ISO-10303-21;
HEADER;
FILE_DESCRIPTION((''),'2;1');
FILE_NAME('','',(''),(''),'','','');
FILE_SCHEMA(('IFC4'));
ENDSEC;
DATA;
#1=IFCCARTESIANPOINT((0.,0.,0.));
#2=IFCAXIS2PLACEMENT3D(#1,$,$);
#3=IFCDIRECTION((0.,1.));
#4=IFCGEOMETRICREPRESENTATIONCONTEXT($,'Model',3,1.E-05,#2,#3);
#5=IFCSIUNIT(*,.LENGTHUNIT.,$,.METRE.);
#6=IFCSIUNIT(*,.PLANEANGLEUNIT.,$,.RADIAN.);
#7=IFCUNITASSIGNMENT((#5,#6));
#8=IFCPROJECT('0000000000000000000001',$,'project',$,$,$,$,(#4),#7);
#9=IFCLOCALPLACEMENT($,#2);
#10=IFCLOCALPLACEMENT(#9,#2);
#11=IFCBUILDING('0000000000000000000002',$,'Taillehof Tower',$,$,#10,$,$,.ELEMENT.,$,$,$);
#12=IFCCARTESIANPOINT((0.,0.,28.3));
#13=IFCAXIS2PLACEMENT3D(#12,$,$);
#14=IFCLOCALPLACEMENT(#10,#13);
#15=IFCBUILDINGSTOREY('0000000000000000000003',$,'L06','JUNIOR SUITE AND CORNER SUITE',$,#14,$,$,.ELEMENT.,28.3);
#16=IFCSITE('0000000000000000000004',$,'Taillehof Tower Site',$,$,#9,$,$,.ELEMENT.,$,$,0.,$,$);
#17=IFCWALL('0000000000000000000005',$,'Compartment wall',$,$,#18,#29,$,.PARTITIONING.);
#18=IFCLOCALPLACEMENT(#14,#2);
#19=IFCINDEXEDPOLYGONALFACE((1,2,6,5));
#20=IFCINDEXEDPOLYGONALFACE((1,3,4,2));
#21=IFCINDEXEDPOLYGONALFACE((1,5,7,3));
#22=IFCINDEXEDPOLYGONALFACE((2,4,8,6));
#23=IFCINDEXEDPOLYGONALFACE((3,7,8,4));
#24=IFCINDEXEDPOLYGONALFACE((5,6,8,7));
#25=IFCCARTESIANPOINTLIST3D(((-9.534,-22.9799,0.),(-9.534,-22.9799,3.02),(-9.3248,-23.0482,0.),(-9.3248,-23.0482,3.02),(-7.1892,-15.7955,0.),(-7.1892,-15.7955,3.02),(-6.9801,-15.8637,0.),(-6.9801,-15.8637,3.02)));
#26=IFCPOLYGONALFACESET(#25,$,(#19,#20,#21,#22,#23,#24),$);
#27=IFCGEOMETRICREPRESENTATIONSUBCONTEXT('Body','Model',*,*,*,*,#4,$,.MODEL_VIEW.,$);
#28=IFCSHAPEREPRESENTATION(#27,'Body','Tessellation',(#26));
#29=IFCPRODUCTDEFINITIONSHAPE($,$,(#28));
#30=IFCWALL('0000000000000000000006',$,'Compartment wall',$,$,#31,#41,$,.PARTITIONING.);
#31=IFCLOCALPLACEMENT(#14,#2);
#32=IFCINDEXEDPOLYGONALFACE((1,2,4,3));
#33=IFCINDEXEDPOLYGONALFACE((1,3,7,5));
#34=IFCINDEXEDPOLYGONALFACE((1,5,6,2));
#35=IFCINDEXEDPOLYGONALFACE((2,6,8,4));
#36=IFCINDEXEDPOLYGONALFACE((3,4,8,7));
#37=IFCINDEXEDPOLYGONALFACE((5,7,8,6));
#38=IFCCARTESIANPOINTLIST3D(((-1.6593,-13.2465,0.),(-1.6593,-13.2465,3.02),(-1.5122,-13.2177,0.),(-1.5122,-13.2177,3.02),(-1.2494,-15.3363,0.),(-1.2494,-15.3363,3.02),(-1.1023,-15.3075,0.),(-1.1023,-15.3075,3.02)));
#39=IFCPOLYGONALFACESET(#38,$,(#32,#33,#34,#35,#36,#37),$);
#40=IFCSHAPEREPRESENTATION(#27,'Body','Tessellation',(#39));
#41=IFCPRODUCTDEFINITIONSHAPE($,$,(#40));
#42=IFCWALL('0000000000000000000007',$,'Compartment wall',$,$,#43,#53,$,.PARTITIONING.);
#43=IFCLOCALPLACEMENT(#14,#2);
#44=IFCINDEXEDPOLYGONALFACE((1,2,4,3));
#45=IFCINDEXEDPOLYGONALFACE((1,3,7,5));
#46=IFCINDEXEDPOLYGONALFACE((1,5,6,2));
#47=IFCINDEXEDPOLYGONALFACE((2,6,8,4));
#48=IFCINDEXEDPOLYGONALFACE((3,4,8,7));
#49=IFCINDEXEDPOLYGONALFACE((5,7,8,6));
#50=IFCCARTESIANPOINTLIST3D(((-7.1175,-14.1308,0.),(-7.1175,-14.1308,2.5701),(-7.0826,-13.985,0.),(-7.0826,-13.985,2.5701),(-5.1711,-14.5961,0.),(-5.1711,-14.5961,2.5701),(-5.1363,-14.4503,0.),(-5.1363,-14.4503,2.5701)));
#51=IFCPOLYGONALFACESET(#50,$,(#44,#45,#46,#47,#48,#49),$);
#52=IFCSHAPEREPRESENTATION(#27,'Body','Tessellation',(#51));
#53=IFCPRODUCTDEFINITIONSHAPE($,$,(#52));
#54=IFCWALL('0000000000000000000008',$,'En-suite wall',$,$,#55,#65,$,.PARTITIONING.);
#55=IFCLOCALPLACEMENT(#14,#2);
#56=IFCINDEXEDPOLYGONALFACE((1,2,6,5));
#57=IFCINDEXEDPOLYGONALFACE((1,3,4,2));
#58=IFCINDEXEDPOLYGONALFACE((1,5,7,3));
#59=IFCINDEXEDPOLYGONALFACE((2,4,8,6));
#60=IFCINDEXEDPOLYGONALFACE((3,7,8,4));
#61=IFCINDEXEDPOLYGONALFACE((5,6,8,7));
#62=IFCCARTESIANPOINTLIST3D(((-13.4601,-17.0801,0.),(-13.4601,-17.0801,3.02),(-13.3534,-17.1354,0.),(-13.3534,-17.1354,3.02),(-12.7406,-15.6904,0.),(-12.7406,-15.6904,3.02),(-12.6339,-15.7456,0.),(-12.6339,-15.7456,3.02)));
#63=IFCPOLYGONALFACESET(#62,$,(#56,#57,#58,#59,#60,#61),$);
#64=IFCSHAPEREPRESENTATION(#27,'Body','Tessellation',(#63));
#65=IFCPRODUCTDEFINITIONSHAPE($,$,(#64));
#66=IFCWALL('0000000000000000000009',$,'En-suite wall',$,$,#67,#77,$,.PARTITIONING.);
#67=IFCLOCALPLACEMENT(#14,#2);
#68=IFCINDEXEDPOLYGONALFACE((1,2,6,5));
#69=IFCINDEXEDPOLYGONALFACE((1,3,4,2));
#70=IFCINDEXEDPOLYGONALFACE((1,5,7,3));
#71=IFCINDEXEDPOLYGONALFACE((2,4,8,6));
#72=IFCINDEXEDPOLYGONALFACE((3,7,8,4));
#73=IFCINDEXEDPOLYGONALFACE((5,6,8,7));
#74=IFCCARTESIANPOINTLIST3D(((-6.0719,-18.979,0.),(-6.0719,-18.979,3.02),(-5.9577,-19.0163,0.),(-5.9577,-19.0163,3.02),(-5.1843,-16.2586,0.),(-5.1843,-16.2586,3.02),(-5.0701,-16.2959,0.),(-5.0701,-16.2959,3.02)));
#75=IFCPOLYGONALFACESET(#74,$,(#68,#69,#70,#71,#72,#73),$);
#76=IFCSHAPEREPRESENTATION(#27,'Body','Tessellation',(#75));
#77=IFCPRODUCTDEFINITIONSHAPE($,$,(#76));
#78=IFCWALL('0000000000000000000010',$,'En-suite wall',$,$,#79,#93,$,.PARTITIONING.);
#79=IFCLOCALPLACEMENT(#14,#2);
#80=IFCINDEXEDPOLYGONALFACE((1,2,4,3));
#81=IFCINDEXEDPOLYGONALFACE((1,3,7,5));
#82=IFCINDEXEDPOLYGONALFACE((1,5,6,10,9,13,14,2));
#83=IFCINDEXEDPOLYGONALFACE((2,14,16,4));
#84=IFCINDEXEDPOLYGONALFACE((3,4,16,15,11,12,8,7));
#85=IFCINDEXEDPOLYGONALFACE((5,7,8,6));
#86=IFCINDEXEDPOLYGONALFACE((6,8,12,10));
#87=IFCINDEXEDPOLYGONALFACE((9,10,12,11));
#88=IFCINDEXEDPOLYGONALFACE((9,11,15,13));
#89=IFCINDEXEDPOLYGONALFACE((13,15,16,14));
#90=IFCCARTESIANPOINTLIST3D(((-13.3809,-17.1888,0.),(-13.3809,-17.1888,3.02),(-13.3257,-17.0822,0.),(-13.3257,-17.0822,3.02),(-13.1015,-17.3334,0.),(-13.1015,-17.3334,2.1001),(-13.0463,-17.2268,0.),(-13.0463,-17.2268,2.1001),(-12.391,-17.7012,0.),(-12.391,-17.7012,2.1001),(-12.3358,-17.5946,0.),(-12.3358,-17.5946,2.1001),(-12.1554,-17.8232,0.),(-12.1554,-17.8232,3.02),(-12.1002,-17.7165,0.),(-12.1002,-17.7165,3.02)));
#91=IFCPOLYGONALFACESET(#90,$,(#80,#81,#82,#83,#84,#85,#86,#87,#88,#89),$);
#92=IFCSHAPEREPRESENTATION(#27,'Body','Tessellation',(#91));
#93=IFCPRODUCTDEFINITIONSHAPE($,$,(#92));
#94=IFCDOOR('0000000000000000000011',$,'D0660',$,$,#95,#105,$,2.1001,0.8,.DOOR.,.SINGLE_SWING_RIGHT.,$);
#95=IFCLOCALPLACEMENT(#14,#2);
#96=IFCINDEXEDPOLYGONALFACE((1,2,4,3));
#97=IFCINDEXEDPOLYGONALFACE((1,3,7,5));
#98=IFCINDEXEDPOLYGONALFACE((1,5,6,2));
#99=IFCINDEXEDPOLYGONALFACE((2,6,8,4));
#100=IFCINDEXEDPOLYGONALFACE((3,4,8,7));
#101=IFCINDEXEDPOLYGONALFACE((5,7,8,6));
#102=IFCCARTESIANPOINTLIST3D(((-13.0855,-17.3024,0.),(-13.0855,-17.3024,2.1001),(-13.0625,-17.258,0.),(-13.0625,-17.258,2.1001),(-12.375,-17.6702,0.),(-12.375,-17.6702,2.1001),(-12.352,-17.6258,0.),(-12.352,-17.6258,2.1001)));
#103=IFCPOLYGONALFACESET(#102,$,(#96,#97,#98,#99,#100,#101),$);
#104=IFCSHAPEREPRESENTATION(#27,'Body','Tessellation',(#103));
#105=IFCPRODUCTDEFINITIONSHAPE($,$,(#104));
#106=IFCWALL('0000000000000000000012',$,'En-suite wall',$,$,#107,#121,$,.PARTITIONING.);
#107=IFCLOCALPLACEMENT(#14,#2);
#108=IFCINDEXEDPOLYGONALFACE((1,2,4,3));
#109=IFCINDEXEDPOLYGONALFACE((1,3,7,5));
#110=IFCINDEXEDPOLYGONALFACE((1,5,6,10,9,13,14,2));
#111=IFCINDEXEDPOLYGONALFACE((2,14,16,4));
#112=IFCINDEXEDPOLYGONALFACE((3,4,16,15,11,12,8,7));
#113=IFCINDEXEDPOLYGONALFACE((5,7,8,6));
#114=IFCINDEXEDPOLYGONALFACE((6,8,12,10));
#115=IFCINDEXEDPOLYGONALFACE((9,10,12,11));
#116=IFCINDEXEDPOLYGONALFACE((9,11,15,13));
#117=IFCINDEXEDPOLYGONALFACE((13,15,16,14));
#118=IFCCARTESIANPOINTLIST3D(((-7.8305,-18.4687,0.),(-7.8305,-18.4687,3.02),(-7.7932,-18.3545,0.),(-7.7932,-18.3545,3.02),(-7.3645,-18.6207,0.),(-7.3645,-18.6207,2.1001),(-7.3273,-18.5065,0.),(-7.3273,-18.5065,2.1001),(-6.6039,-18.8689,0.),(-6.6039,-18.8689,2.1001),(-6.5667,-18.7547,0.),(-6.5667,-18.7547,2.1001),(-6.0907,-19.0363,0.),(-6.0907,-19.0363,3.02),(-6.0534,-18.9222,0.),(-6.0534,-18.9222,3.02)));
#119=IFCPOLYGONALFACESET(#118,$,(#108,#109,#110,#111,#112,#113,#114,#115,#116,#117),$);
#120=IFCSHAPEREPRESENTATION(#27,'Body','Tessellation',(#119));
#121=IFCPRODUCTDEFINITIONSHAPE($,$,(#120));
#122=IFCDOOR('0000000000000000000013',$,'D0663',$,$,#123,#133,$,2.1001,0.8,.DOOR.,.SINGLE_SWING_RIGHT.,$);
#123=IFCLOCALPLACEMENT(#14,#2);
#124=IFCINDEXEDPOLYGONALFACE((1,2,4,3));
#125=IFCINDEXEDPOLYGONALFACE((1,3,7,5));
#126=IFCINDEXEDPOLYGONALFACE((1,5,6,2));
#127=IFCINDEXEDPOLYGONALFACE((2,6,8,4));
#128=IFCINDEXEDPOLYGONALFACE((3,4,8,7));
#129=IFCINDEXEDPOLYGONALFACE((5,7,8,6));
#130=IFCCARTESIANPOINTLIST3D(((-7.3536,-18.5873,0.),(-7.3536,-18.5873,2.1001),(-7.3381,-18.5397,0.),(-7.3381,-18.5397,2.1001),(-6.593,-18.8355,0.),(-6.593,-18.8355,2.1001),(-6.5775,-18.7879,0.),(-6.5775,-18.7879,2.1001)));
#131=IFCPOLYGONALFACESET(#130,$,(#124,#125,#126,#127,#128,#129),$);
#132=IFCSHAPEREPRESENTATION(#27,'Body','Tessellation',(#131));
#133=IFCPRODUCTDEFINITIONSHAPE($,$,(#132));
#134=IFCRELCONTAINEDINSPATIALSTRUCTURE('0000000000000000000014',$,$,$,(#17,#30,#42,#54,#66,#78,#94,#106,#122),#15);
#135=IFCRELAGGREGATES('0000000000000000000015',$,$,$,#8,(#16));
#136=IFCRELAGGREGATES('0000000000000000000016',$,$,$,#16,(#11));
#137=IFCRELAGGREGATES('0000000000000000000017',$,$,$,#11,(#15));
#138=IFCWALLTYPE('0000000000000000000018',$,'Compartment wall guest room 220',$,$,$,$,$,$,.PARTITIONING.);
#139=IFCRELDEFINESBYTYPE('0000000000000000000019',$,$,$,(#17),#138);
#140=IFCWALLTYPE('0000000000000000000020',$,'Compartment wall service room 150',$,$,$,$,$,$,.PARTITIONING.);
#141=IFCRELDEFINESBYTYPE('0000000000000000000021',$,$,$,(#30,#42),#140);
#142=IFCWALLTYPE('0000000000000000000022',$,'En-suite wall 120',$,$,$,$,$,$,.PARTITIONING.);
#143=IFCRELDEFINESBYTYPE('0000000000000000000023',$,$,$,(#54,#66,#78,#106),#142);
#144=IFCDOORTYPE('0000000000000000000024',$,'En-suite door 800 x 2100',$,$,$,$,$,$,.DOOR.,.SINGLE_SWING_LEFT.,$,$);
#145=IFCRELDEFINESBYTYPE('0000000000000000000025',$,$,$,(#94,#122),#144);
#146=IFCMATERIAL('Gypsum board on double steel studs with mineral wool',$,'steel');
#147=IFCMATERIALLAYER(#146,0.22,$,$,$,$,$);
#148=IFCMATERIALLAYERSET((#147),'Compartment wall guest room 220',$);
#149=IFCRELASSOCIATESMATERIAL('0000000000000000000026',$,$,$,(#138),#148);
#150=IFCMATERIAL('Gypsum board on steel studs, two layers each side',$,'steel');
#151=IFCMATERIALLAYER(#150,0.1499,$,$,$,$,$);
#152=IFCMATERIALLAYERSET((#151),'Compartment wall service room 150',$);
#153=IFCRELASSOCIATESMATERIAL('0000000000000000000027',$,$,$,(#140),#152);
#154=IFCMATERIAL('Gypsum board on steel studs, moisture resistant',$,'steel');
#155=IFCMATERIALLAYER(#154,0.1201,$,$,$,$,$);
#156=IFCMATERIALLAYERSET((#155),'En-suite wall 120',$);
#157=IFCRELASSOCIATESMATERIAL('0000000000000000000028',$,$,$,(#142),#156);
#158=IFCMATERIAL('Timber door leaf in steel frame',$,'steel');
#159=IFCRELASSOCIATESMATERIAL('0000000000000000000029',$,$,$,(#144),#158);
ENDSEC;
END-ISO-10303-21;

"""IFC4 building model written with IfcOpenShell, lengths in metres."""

from ifc_helpers import new_model, si_unit, direction, frame, frame_2d, origin, place, context, subcontext, project, spatial, rectangle, extrude, material, layer, layer_set, type_object, element, fill, save


model = new_model("IFC4")

# Units and contexts
model_context = context("Model", 3, precision=1e-05, world=origin(), true_north=direction((0.0, 1.0)))
body_context = subcontext(model_context, "Body", "Model", "MODEL_VIEW")
ifc_project = project(units=[si_unit("LENGTHUNIT", "METRE"), si_unit("PLANEANGLEUNIT", "RADIAN")], contexts=[model_context])

# Site, building, storey
site_placement = place(None, origin())
site = spatial("IfcSite", under=ifc_project, at=site_placement, Name="Taillehof Tower Site", CompositionType="ELEMENT", RefElevation=0.0)
building_placement = place(site_placement, origin())
building = spatial("IfcBuilding", under=site, at=building_placement, Name="Taillehof Tower", CompositionType="ELEMENT")
storey_placement = place(building_placement, frame((0.0, 0.0, 28.3)))
storey = spatial("IfcBuildingStorey", under=building, at=storey_placement, Name="L06", Description="JUNIOR SUITE AND CORNER SUITE", CompositionType="ELEMENT", Elevation=28.3)

# Walls
ifc_material_1 = material(Name="Gypsum board on double steel studs with mineral wool", Category="steel")
ifc_layer_1 = layer(ifc_material_1, 0.22)
ifc_layer_set_1 = layer_set([ifc_layer_1], Name="Compartment wall guest room 220")
wall_type_1 = type_object("IfcWallType", Name="Compartment wall guest room 220", PredefinedType="PARTITIONING", material=ifc_layer_set_1)
wall_1_placement = place(storey_placement, frame((-9.4294, -23.0142, 0.0), z_axis=(0.0, 0.0, 1.0), x_axis=(0.310261, 0.950651, 0.0)))
element("IfcWall", 1, at=wall_1_placement, inside=storey, type_object=wall_type_1, Name="Compartment wall", PredefinedType="PARTITIONING", context=body_context, shape_type="SweptSolid", body=[
    extrude(rectangle(XDim=7.5574, YDim=0.22, at=frame_2d((3.7788, 0.0))), origin(), (0.0, 0.0, 1.0), 3.02),
])
ifc_material_2 = material(Name="Gypsum board on steel studs, two layers each side", Category="steel")
ifc_layer_2 = layer(ifc_material_2, 0.1499)
ifc_layer_set_2 = layer_set([ifc_layer_2], Name="Compartment wall service room 150")
wall_type_2 = type_object("IfcWallType", Name="Compartment wall service room 150", PredefinedType="PARTITIONING", material=ifc_layer_set_2)
wall_2_placement = place(storey_placement, frame((-1.1758, -15.322, 0.0), z_axis=(0.0, 0.0, 1.0), x_axis=(-0.192477, 0.981301, 0.0)))
element("IfcWall", 2, at=wall_2_placement, inside=storey, type_object=wall_type_2, Name="Compartment wall", PredefinedType="PARTITIONING", context=body_context, shape_type="SweptSolid", body=[
    extrude(rectangle(XDim=2.1296, YDim=0.1499, at=frame_2d((1.0649, 0.0))), origin(), (0.0, 0.0, 1.0), 3.02),
])
wall_3_placement = place(storey_placement, frame((-5.1538, -14.5232, 0.0), z_axis=(0.0, 0.0, 1.0), x_axis=(-0.972588, 0.232533, 0.0)))
element("IfcWall", 3, at=wall_3_placement, inside=storey, type_object=wall_type_2, Name="Compartment wall", PredefinedType="PARTITIONING", context=body_context, shape_type="SweptSolid", body=[
    extrude(rectangle(XDim=2.0012, YDim=0.1499, at=frame_2d((1.0005, 0.0))), origin(), (0.0, 0.0, 1.0), 2.5701),
])
ifc_material_3 = material(Name="Gypsum board on steel studs, moisture resistant", Category="steel")
ifc_layer_3 = layer(ifc_material_3, 0.1201)
ifc_layer_set_3 = layer_set([ifc_layer_3], Name="En-suite wall 120")
wall_type_3 = type_object("IfcWallType", Name="En-suite wall 120", PredefinedType="PARTITIONING", material=ifc_layer_set_3)
wall_4_placement = place(storey_placement, frame((-12.6873, -15.718, 0.0), z_axis=(0.0, 0.0, 1.0), x_axis=(-0.459775, -0.888035, 0.0)))
element("IfcWall", 4, at=wall_4_placement, inside=storey, type_object=wall_type_3, Name="En-suite wall", PredefinedType="PARTITIONING", context=body_context, shape_type="SweptSolid", body=[
    extrude(rectangle(XDim=1.5649, YDim=0.1201, at=frame_2d((0.7825, 0.0))), origin(), (0.0, 0.0, 1.0), 3.02),
])
wall_5_placement = place(storey_placement, frame((-5.1272, -16.2773, 0.0), z_axis=(0.0, 0.0, 1.0), x_axis=(-0.310207, -0.950669, 0.0)))
element("IfcWall", 5, at=wall_5_placement, inside=storey, type_object=wall_type_3, Name="En-suite wall", PredefinedType="PARTITIONING", context=body_context, shape_type="SweptSolid", body=[
    extrude(rectangle(XDim=2.8616, YDim=0.1201, at=frame_2d((1.4307, 0.0))), origin(), (0.0, 0.0, 1.0), 3.02),
])

# Walls, openings, doors
wall_6_placement = place(storey_placement, frame((-13.3533, -17.1355, 0.0), z_axis=(0.0, 0.0, 1.0), x_axis=(0.888076, -0.459697, 0.0)))
wall_6 = element("IfcWall", 6, at=wall_6_placement, inside=storey, type_object=wall_type_3, Name="En-suite wall", PredefinedType="PARTITIONING", context=body_context, shape_type="SweptSolid", body=[
    extrude(rectangle(XDim=1.3799, YDim=0.1201, at=frame_2d((0.6899, 0.0))), origin(), (0.0, 0.0, 1.0), 3.02),
])
opening_1_placement = place(wall_6_placement, frame((0.3147, 0.0, 0.0)))
opening_1 = element("IfcOpeningElement", 7, at=opening_1_placement, cuts=wall_6, PredefinedType="OPENING", context=body_context, shape_type="SweptSolid", body=[
    extrude(rectangle(XDim=0.8, YDim=2.1001, at=frame_2d((0.3999, 1.05))), frame((0.0, 0.0701, 0.0), z_axis=(0.0, -1.0, 0.0), x_axis=(1.0, 0.0, 0.0)), (0.0, 0.0, 1.0), 0.1401),
])
ifc_material_4 = material(Name="Timber door leaf in steel frame", Category="steel")
door_type_1 = type_object("IfcDoorType", Name="En-suite door 800 x 2100", OperationType="SINGLE_SWING_LEFT", PredefinedType="DOOR", material=ifc_material_4)
door_1_placement = place(opening_1_placement, origin())
door_1 = element("IfcDoor", 8, at=door_1_placement, inside=storey, type_object=door_type_1, Name="D0660", OperationType="SINGLE_SWING_RIGHT", OverallHeight=2.1001, OverallWidth=0.8, PredefinedType="DOOR", context=body_context, shape_type="SweptSolid", body=[
    extrude(rectangle(XDim=0.8, YDim=2.1001, at=frame_2d((0.3999, 1.05))), frame((0.0, 0.0249, 0.0), z_axis=(0.0, -1.0, 0.0), x_axis=(1.0, 0.0, 0.0)), (0.0, 0.0, 1.0), 0.05),
])
fill(opening_1, door_1)
wall_7_placement = place(storey_placement, frame((-6.072, -18.9792, 0.0), z_axis=(0.0, 0.0, 1.0), x_axis=(-0.950679, 0.310178, 0.0)))
wall_7 = element("IfcWall", 9, at=wall_7_placement, inside=storey, type_object=wall_type_3, Name="En-suite wall", PredefinedType="PARTITIONING", context=body_context, shape_type="SweptSolid", body=[
    extrude(rectangle(XDim=1.8301, YDim=0.1201, at=frame_2d((0.915, 0.0))), origin(), (0.0, 0.0, 1.0), 3.02),
])
opening_2_placement = place(wall_7_placement, frame((0.54, 0.0, 0.0)))
opening_2 = element("IfcOpeningElement", 10, at=opening_2_placement, cuts=wall_7, PredefinedType="OPENING", context=body_context, shape_type="SweptSolid", body=[
    extrude(rectangle(XDim=0.8, YDim=2.1001, at=frame_2d((0.3999, 1.05))), frame((0.0, 0.0701, 0.0), z_axis=(0.0, -1.0, 0.0), x_axis=(1.0, 0.0, 0.0)), (0.0, 0.0, 1.0), 0.1401),
])
door_2_placement = place(opening_2_placement, origin())
door_2 = element("IfcDoor", 11, at=door_2_placement, inside=storey, type_object=door_type_1, Name="D0663", OperationType="SINGLE_SWING_RIGHT", OverallHeight=2.1001, OverallWidth=0.8, PredefinedType="DOOR", context=body_context, shape_type="SweptSolid", body=[
    extrude(rectangle(XDim=0.8, YDim=2.1001, at=frame_2d((0.3999, 1.05))), frame((0.0, 0.0249, 0.0), z_axis=(0.0, -1.0, 0.0), x_axis=(1.0, 0.0, 0.0)), (0.0, 0.0, 1.0), 0.05),
])
fill(opening_2, door_2)

save(model, "model.ifc")
